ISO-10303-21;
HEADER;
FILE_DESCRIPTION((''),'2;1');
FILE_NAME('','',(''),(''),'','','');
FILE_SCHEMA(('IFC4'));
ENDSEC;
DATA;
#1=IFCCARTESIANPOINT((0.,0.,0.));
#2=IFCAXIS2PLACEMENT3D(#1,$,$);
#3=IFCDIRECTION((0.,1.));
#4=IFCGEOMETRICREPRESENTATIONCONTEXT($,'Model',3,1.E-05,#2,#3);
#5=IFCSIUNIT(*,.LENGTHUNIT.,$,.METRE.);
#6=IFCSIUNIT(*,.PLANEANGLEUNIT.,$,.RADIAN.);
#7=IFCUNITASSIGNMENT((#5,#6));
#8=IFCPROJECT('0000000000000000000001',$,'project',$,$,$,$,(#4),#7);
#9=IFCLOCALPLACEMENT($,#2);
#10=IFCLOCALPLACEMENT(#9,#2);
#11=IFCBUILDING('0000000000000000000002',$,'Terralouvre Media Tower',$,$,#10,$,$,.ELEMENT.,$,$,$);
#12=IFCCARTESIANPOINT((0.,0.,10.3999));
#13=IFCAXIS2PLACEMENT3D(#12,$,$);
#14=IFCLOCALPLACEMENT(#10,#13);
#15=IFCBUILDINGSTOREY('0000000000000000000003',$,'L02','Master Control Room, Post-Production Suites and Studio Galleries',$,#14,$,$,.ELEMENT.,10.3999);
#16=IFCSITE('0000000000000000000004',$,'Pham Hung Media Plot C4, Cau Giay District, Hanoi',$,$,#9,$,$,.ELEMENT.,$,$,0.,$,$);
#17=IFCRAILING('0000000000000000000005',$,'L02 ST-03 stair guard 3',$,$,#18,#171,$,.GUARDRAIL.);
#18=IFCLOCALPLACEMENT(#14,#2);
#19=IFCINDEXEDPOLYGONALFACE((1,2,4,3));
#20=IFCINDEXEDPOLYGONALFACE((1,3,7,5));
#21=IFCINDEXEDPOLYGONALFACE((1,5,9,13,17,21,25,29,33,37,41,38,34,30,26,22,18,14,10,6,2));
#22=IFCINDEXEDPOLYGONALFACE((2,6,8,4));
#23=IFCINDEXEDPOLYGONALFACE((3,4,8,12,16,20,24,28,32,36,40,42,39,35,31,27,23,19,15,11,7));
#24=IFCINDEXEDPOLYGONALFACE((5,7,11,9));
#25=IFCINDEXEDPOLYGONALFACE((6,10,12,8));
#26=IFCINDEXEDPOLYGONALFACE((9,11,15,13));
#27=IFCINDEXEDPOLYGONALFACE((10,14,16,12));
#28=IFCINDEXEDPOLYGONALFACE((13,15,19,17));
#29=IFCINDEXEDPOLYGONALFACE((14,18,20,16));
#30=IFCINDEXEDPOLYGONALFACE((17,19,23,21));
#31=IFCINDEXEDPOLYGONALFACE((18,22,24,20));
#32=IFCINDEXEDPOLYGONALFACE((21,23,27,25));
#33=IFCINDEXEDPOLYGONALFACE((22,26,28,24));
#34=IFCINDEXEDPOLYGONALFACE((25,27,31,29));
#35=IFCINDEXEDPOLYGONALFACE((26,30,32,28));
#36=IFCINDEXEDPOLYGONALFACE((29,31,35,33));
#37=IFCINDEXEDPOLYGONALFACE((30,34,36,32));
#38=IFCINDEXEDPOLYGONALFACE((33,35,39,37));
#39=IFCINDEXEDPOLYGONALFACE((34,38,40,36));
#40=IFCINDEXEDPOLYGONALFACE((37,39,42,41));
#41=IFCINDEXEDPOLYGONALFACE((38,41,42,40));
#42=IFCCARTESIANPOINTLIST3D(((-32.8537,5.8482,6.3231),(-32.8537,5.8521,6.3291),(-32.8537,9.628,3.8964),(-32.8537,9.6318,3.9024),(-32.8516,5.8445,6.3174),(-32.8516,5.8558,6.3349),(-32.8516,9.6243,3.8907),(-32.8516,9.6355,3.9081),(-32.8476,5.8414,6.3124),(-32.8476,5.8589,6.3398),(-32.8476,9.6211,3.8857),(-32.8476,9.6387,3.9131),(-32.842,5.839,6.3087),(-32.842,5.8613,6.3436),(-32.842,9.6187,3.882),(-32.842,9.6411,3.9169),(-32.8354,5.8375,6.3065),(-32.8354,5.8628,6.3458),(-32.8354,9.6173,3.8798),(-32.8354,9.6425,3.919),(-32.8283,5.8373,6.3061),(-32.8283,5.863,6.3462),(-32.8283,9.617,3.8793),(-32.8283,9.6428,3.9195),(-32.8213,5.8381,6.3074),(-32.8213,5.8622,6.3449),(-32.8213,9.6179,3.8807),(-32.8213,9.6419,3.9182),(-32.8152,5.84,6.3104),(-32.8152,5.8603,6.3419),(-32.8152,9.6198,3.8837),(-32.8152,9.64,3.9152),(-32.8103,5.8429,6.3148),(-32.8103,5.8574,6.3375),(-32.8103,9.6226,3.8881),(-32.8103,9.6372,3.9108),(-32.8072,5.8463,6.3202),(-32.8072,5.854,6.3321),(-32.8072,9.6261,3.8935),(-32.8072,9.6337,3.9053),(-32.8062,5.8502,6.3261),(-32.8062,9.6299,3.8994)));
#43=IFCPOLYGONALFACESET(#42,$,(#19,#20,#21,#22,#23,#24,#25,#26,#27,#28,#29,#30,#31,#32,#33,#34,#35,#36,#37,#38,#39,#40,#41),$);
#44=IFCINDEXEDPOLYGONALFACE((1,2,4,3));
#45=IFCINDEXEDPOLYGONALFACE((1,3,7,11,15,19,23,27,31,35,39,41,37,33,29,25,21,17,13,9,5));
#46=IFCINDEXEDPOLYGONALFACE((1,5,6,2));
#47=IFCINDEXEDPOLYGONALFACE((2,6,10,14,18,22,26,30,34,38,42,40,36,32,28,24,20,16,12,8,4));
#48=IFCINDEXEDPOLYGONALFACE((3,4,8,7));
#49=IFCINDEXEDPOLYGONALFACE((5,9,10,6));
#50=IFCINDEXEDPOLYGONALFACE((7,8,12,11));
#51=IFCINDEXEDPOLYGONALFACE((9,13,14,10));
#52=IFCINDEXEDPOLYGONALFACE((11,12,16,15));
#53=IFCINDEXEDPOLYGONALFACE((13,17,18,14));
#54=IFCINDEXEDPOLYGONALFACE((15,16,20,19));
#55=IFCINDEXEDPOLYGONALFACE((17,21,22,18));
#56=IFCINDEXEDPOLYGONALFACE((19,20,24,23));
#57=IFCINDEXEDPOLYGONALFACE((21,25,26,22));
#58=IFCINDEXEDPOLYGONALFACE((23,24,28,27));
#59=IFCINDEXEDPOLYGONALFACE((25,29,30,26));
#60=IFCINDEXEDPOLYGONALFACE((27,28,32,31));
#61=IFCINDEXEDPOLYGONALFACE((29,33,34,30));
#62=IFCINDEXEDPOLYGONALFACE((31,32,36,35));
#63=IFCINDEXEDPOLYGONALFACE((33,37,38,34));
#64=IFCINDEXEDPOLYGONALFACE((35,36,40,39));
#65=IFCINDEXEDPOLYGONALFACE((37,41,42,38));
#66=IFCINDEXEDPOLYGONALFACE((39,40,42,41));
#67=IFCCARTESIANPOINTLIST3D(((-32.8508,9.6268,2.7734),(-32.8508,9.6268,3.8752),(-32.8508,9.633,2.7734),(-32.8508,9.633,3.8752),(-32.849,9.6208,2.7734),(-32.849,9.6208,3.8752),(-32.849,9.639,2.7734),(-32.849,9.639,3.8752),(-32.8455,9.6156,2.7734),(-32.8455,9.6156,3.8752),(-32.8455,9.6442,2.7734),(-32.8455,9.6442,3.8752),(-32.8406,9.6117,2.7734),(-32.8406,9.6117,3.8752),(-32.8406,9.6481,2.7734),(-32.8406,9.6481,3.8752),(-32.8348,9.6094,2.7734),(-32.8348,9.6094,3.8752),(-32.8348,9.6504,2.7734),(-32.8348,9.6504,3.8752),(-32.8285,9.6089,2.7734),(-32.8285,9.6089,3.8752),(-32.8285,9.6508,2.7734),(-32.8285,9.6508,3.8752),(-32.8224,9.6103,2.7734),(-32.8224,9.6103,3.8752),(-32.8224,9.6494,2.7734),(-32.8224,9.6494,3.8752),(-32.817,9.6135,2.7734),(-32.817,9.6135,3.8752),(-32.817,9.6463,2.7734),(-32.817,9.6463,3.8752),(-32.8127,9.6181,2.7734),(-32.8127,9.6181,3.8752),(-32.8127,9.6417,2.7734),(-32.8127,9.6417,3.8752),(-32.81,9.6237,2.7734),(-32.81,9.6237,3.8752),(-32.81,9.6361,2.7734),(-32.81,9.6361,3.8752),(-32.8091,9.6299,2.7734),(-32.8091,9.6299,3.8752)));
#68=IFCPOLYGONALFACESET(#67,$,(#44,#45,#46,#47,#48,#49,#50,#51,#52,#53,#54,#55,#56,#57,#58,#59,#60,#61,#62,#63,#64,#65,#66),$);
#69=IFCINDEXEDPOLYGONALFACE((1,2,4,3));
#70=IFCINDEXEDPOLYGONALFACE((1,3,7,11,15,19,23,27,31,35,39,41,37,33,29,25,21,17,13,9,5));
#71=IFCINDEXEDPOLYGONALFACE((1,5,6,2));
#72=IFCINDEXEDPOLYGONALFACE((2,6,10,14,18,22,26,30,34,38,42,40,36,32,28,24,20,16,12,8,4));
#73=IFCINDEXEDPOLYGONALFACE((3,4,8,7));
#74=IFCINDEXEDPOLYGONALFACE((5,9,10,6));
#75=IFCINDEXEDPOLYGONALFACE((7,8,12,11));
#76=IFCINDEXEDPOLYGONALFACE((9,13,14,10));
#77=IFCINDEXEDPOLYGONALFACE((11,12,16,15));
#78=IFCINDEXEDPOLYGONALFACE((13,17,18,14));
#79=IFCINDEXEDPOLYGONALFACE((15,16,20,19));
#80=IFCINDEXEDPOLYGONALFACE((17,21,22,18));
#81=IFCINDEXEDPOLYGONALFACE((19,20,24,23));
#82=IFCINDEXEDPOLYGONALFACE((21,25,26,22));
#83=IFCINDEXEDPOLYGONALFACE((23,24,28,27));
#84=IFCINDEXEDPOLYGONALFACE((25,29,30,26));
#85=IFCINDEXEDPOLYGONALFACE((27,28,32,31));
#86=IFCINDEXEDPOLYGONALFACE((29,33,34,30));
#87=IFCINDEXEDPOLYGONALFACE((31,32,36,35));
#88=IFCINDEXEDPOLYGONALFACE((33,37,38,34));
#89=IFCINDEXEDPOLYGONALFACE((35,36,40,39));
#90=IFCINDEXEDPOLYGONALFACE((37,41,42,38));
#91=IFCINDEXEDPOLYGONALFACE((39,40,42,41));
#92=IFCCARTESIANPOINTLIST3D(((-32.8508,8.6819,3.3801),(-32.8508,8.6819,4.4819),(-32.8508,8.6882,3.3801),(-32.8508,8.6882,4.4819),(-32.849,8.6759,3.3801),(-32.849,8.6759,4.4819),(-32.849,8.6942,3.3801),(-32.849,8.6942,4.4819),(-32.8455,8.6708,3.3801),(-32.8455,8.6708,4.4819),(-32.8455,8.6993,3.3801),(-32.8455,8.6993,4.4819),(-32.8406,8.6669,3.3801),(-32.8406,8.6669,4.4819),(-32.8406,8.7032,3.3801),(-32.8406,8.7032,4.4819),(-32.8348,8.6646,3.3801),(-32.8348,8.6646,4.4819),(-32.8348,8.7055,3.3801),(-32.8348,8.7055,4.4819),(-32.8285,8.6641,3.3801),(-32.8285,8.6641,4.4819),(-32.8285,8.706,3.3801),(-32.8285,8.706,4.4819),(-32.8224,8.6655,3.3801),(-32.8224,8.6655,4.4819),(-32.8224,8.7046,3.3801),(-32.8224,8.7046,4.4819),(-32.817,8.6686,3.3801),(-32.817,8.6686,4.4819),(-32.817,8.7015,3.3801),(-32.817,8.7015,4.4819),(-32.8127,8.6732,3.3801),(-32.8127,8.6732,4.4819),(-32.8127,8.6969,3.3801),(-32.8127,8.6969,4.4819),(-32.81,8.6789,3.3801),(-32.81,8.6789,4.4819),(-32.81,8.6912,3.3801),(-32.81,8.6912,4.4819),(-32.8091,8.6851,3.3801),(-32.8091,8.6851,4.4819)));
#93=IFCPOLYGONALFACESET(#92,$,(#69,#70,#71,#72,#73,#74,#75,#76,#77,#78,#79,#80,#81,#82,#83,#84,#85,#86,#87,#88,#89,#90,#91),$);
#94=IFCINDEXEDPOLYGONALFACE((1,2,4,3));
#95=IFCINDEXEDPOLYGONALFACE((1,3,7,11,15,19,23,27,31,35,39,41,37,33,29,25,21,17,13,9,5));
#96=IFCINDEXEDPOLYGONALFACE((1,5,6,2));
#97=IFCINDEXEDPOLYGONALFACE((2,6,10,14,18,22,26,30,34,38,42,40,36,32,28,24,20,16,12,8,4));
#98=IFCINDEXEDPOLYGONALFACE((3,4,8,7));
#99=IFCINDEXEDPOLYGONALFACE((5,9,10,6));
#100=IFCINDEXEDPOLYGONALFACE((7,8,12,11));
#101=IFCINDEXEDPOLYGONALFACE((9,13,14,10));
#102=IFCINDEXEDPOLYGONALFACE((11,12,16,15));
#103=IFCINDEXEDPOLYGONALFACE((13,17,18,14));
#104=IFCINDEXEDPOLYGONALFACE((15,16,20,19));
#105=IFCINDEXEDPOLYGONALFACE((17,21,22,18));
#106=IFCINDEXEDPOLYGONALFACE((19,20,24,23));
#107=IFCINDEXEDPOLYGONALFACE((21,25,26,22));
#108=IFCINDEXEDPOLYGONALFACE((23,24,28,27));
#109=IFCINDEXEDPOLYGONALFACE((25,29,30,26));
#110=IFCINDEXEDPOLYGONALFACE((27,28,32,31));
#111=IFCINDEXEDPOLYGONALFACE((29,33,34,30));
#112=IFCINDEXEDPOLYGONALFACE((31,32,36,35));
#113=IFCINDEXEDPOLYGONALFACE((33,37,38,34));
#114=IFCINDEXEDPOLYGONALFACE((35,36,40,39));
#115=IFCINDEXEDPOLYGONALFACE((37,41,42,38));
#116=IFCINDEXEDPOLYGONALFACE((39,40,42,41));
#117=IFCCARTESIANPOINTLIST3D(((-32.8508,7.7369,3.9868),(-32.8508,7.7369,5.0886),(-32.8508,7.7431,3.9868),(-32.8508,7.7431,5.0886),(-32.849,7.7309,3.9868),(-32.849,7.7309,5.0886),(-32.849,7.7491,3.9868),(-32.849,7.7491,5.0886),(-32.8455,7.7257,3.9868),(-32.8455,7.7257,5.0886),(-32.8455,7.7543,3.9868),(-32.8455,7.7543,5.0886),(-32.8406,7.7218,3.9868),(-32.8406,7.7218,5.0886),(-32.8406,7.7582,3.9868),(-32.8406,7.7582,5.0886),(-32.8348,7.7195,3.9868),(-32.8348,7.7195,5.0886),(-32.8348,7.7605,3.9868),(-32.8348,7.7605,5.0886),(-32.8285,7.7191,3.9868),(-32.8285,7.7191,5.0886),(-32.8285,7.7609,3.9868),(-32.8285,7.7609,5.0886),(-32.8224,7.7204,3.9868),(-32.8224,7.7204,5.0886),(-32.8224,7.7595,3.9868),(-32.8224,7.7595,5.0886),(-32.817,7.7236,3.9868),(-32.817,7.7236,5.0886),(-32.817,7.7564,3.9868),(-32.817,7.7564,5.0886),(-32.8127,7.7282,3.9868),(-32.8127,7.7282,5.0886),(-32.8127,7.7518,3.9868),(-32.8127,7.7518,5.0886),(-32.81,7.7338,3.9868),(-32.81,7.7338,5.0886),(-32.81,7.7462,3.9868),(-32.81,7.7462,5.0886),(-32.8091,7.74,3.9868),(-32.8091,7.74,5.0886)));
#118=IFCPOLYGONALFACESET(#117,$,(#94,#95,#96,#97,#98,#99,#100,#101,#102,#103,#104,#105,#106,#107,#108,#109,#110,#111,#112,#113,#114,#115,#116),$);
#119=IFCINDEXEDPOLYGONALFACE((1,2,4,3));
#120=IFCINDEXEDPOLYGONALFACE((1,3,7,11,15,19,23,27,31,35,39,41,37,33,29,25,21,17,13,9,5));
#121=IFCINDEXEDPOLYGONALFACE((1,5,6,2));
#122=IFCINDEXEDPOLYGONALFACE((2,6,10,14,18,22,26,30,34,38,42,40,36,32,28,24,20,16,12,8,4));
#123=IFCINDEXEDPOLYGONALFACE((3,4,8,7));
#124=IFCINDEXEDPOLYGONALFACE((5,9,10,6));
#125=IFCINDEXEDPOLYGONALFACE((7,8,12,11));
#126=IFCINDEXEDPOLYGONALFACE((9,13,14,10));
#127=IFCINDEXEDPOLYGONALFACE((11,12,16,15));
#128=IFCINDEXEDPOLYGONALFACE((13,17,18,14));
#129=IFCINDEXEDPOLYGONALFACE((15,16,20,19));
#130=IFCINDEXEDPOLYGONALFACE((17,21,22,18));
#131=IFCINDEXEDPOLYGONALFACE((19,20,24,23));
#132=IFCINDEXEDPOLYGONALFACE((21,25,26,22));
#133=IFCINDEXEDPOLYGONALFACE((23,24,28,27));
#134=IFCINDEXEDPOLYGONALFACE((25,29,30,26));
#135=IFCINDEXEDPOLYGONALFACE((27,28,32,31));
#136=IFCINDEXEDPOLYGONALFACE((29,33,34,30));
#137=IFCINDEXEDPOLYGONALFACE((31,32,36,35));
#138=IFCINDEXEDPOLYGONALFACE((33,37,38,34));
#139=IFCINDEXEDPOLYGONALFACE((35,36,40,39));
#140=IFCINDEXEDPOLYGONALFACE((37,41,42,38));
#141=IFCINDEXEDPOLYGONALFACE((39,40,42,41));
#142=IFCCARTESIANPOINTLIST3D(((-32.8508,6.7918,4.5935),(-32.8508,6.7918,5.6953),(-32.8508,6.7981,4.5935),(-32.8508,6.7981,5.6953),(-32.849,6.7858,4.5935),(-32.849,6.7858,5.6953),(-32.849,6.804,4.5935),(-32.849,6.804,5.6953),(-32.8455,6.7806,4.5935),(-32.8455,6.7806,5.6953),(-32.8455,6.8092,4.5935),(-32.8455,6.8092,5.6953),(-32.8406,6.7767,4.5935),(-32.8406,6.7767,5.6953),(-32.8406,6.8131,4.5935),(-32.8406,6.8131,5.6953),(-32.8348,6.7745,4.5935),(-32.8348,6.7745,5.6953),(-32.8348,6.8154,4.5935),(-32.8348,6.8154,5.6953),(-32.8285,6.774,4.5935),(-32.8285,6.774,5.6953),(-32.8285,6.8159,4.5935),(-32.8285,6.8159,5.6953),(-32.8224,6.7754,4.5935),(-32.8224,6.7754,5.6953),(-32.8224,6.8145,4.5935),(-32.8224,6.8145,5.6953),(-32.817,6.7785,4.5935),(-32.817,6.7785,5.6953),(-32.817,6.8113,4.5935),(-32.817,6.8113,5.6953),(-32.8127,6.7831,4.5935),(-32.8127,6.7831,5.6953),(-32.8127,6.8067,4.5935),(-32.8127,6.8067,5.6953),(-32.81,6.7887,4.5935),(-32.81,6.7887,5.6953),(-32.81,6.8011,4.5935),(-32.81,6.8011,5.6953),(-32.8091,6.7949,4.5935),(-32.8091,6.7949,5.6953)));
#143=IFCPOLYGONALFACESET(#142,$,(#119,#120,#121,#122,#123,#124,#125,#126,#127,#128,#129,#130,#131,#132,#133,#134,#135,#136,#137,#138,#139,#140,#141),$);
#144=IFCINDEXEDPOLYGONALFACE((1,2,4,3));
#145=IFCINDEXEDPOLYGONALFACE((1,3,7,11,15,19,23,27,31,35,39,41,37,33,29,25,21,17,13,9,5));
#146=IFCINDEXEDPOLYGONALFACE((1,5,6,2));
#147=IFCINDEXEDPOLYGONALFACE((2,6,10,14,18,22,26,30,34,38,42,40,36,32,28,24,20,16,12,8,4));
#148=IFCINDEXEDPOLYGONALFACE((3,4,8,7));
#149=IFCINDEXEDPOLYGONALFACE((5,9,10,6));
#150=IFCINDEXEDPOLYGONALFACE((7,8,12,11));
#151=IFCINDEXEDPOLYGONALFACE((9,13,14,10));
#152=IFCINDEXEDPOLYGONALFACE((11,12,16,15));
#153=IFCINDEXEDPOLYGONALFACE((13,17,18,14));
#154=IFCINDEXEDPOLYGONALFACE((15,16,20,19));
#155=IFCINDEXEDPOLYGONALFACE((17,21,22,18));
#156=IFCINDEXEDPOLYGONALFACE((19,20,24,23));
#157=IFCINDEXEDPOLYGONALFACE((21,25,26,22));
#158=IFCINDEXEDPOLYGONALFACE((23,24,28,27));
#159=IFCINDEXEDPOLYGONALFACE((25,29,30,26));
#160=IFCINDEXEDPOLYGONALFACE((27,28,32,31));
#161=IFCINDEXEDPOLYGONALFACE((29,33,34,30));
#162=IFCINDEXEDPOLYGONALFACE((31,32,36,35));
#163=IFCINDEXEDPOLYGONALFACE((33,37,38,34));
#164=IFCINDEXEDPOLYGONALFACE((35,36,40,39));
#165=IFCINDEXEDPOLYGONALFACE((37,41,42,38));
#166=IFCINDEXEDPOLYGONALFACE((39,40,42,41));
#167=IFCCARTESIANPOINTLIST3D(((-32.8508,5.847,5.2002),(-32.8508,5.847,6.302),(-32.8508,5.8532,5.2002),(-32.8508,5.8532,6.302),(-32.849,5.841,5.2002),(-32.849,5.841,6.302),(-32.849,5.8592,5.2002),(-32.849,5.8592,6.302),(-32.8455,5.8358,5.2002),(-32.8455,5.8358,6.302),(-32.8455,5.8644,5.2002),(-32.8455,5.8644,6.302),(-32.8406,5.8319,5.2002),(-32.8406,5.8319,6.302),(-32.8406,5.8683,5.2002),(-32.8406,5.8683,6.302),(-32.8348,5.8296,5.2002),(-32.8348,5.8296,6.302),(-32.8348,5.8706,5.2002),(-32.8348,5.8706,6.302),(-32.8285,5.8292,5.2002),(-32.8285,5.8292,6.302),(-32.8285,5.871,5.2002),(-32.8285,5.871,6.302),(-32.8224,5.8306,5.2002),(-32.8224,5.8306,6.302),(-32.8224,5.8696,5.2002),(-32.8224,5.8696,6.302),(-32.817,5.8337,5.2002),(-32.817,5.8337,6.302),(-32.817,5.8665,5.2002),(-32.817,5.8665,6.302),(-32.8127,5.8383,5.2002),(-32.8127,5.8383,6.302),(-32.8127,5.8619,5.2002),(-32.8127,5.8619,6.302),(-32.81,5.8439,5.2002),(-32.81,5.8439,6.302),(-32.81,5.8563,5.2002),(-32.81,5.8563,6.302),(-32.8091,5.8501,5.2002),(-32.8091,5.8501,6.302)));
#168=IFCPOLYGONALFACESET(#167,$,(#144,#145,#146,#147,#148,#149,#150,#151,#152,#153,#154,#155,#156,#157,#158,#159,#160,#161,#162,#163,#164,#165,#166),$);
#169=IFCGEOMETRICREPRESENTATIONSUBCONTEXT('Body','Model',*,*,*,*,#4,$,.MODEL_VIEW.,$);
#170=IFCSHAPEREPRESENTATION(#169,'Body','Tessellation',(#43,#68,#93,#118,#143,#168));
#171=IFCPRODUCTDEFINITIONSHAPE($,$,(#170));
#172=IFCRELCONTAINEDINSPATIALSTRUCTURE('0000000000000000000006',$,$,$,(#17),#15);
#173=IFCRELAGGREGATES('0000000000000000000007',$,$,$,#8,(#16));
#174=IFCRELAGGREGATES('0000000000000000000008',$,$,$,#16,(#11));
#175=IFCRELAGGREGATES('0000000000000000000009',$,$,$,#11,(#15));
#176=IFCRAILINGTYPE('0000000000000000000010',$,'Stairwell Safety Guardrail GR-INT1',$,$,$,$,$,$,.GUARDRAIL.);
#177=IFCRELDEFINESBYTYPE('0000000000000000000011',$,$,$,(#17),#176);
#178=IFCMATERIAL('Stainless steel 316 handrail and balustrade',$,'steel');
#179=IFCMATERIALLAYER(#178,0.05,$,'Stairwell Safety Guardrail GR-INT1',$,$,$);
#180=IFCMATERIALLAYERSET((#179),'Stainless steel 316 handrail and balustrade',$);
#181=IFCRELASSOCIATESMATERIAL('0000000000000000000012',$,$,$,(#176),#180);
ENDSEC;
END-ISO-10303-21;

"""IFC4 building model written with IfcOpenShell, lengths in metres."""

from ifc_helpers import new_model, si_unit, direction, frame, origin, origin_2d, place, context, subcontext, project, spatial, circle, extrude, material, layer, layer_set, type_object, element, save


model = new_model("IFC4")

# Units and contexts
model_context = context("Model", 3, precision=1e-05, world=origin(), true_north=direction((0.0, 1.0)))
body_context = subcontext(model_context, "Body", "Model", "MODEL_VIEW")
ifc_project = project(units=[si_unit("LENGTHUNIT", "METRE"), si_unit("PLANEANGLEUNIT", "RADIAN")], contexts=[model_context])

# Site, building, storey
site_placement = place(None, origin())
site = spatial("IfcSite", under=ifc_project, at=site_placement, Name="Pham Hung Media Plot C4, Cau Giay District, Hanoi", CompositionType="ELEMENT", RefElevation=0.0)
building_placement = place(site_placement, origin())
building = spatial("IfcBuilding", under=site, at=building_placement, Name="Terralouvre Media Tower", CompositionType="ELEMENT")
storey_placement = place(building_placement, frame((0.0, 0.0, 10.3999)))
storey = spatial("IfcBuildingStorey", under=building, at=storey_placement, Name="L02", Description="Master Control Room, Post-Production Suites and Studio Galleries", CompositionType="ELEMENT", Elevation=10.3999)

# Railing
ifc_material_1 = material(Name="Stainless steel 316 handrail and balustrade", Category="steel")
ifc_layer_1 = layer(ifc_material_1, 0.05, Name="Stairwell Safety Guardrail GR-INT1")
ifc_layer_set_1 = layer_set([ifc_layer_1], Name="Stainless steel 316 handrail and balustrade")
railing_type_1 = type_object("IfcRailingType", Name="Stairwell Safety Guardrail GR-INT1", PredefinedType="GUARDRAIL", material=ifc_layer_set_1)
railing_1_placement = place(storey_placement, frame((-32.8301, 9.6299, 2.7734)))
element("IfcRailing", 1, at=railing_1_placement, inside=storey, type_object=railing_type_1, Name="L02 ST-03 stair guard 3", PredefinedType="GUARDRAIL", context=body_context, shape_type="SweptSolid", body=[
    extrude(circle(Radius=0.0239, at=origin_2d()), frame((0.0, 0.0, 1.126), z_axis=(0.0, -0.841493, 0.540269), x_axis=(1.0, 0.0, 0.0)), (0.0, 0.0, 1.0), 4.4917),
    extrude(circle(Radius=0.021, at=origin_2d()), origin(), (0.0, 0.0, 1.0), 1.1018),
    extrude(circle(Radius=0.021, at=origin_2d()), frame((0.0, -0.9448, 0.6067)), (0.0, 0.0, 1.0), 1.1018),
    extrude(circle(Radius=0.021, at=origin_2d()), frame((0.0, -1.8899, 1.2134)), (0.0, 0.0, 1.0), 1.1018),
    extrude(circle(Radius=0.021, at=origin_2d()), frame((0.0, -2.835, 1.8201)), (0.0, 0.0, 1.0), 1.1018),
    extrude(circle(Radius=0.021, at=origin_2d()), frame((0.0, -3.7798, 2.4268)), (0.0, 0.0, 1.0), 1.1018),
])

save(model, "model.ifc")
